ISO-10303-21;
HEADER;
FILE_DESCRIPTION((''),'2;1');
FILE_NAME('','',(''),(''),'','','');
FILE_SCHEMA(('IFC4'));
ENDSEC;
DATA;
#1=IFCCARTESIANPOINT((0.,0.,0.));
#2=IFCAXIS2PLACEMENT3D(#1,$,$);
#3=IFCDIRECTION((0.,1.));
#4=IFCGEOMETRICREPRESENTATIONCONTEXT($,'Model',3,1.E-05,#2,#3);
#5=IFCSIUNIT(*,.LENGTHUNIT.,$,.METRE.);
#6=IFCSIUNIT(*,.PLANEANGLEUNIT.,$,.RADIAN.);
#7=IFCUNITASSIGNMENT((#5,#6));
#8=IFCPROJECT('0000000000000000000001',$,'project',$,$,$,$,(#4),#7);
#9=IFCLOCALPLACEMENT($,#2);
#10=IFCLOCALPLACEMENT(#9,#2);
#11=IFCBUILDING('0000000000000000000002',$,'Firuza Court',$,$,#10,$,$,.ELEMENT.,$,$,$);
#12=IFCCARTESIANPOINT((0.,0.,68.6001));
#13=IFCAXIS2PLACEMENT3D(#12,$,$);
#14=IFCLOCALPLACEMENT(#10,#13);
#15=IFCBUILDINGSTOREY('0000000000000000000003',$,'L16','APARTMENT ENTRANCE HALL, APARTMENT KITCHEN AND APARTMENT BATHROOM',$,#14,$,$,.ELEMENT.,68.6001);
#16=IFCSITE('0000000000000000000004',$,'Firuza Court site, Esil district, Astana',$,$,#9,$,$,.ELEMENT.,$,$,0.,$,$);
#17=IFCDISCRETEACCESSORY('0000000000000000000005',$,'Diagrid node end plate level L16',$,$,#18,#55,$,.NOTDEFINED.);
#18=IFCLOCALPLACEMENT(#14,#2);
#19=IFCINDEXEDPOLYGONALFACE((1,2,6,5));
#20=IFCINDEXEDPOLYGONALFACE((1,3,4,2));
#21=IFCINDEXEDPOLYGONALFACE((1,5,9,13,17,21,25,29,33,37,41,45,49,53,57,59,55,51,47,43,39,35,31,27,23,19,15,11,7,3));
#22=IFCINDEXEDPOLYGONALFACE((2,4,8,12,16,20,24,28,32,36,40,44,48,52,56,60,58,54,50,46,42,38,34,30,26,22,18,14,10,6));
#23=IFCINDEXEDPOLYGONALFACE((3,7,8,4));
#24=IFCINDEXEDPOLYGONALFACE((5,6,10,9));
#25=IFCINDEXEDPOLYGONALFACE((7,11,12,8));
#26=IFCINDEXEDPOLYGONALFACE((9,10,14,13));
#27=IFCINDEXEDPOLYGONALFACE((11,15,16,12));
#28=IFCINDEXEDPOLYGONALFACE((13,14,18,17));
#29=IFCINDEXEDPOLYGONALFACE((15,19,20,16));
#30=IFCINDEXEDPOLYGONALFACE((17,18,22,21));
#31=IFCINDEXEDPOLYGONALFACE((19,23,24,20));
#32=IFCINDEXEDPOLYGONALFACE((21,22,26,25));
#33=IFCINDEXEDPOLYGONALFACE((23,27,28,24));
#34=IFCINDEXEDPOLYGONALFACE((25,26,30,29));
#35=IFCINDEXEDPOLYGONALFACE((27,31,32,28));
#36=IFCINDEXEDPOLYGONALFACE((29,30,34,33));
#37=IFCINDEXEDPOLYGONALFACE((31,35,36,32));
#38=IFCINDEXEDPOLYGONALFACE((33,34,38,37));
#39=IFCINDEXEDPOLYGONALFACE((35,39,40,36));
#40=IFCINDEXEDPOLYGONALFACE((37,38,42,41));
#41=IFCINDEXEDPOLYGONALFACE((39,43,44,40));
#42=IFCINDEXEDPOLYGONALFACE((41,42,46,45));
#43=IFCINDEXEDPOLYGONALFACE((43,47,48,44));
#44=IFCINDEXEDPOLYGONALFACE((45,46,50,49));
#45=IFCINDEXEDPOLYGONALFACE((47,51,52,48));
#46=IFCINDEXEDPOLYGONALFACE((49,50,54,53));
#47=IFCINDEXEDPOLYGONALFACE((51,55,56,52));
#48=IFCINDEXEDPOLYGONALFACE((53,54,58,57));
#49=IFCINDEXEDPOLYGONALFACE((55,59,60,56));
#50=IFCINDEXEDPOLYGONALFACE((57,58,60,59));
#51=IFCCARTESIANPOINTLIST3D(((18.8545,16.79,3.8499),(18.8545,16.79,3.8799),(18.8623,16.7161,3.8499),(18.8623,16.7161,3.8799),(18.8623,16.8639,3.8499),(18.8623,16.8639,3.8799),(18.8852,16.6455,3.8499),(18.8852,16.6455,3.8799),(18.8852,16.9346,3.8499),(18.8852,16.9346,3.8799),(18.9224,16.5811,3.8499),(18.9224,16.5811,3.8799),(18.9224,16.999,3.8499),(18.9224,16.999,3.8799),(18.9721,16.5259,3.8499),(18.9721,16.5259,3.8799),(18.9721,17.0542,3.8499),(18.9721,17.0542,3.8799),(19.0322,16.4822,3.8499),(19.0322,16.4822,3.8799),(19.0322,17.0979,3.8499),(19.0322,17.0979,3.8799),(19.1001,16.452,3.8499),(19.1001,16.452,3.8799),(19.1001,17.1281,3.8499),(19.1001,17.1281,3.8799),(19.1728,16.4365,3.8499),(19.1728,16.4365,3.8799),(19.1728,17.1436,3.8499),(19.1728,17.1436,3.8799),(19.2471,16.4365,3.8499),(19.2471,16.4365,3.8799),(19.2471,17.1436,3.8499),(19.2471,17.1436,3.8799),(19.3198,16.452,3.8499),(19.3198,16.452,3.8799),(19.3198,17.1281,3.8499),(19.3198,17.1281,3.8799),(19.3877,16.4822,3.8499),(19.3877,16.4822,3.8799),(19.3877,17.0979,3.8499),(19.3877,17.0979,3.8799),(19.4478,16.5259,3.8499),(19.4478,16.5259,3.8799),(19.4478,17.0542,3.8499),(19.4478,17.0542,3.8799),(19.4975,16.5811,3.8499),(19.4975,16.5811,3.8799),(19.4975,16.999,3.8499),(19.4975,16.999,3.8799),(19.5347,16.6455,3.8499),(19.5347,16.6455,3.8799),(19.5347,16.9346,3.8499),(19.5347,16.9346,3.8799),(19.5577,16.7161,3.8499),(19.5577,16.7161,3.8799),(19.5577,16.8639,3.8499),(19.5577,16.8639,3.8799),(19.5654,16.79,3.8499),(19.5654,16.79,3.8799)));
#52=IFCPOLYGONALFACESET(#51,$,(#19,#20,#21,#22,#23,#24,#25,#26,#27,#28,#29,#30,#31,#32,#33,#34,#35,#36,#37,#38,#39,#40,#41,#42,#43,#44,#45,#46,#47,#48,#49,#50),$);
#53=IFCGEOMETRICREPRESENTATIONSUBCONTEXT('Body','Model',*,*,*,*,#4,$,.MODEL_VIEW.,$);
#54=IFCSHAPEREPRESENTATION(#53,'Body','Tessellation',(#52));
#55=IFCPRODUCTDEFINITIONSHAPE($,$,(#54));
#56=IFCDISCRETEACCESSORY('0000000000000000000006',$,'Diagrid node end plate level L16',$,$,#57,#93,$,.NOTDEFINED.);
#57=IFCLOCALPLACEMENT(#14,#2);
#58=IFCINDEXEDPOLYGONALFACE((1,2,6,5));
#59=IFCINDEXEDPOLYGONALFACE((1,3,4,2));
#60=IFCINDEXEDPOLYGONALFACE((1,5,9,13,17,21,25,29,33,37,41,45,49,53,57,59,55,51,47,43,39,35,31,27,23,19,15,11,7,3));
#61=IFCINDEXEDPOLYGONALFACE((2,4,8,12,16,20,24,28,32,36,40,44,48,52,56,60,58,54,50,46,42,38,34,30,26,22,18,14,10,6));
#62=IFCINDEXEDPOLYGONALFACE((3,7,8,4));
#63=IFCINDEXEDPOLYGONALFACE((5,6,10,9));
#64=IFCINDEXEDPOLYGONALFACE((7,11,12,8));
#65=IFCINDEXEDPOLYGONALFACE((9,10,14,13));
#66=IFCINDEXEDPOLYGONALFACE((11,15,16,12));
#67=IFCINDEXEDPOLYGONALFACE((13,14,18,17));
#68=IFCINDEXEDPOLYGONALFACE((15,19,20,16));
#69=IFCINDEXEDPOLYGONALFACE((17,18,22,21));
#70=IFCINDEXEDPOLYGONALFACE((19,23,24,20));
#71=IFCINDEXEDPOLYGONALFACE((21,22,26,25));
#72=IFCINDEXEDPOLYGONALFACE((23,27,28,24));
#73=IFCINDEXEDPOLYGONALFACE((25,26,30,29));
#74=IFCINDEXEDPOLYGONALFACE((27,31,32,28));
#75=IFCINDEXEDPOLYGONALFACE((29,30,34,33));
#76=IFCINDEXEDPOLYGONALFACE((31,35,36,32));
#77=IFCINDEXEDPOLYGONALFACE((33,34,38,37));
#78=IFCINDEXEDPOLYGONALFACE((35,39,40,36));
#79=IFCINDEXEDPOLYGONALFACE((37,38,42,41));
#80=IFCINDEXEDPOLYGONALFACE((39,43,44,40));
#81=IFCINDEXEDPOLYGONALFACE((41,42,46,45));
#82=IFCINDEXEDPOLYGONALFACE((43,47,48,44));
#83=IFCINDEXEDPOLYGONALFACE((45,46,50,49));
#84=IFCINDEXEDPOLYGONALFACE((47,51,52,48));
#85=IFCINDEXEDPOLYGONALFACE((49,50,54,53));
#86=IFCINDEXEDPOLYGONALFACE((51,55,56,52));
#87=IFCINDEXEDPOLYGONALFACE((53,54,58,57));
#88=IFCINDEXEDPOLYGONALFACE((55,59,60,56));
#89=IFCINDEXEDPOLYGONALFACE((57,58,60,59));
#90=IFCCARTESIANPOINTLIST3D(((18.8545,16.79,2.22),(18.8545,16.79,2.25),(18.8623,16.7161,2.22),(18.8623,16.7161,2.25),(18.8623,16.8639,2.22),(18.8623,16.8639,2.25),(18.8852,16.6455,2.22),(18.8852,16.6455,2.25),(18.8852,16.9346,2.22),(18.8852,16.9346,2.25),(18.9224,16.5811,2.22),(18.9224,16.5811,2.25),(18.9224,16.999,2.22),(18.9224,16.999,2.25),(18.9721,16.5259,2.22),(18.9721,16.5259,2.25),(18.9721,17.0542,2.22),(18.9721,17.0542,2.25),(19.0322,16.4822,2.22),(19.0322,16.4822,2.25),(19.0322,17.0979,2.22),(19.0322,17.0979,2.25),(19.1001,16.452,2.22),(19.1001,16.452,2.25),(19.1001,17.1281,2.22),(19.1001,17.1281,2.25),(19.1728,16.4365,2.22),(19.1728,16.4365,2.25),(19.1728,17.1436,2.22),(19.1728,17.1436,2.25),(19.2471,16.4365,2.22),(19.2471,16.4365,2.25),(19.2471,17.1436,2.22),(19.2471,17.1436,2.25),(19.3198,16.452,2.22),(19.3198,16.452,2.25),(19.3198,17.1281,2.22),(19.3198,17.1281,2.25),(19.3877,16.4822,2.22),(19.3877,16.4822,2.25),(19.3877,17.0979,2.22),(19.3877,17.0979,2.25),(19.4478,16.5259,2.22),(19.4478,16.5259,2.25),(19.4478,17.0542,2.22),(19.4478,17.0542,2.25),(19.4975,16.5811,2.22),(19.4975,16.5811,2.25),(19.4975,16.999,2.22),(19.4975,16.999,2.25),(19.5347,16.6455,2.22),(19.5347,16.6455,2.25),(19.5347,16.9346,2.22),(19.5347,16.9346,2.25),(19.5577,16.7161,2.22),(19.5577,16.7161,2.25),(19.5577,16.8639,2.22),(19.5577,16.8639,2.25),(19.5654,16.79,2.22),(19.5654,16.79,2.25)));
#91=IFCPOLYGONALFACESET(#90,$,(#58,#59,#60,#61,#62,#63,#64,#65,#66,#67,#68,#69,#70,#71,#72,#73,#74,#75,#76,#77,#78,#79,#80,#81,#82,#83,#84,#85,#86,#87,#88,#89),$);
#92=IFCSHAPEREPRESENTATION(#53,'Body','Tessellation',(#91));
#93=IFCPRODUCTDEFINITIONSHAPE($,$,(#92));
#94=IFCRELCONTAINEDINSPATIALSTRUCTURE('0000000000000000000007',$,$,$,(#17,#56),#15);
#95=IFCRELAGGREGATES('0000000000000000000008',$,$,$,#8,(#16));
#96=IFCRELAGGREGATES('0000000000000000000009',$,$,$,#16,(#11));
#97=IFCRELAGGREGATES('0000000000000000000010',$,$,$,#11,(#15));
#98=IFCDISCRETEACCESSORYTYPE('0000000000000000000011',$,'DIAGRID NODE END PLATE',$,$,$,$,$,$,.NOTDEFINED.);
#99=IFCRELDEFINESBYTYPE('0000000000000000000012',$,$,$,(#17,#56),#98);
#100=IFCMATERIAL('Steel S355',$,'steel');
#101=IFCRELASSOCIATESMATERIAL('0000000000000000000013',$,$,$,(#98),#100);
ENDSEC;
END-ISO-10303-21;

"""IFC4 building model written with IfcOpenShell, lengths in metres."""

from ifc_helpers import new_model, si_unit, direction, frame, origin, origin_2d, place, context, subcontext, project, spatial, circle, extrude, material, material_profile, profile_set, type_object, element, save


model = new_model("IFC4")

# Units and contexts
model_context = context("Model", 3, precision=1e-05, world=origin(), true_north=direction((0.0, 1.0)))
body_context = subcontext(model_context, "Body", "Model", "MODEL_VIEW")
ifc_project = project(units=[si_unit("LENGTHUNIT", "METRE"), si_unit("PLANEANGLEUNIT", "RADIAN")], contexts=[model_context])

# Site, building, storey
site_placement = place(None, origin())
site = spatial("IfcSite", under=ifc_project, at=site_placement, Name="Firuza Court site, Esil district, Astana", CompositionType="ELEMENT", RefElevation=0.0)
building_placement = place(site_placement, origin())
building = spatial("IfcBuilding", under=site, at=building_placement, Name="Firuza Court", CompositionType="ELEMENT")
storey_placement = place(building_placement, frame((0.0, 0.0, 68.6001)))
storey = spatial("IfcBuildingStorey", under=building, at=storey_placement, Name="L16", Description="APARTMENT ENTRANCE HALL, APARTMENT KITCHEN AND APARTMENT BATHROOM", CompositionType="ELEMENT", Elevation=68.6001)

# Discrete accessories
ifc_material_1 = material(Name="Steel S355", Category="steel")
ifc_material_profile_1 = material_profile(ifc_material_1, circle(Radius=0.3555, at=origin_2d()), Name="PL D711")
ifc_profile_set_1 = profile_set([ifc_material_profile_1], Name="Steel S355")
discrete_accessory_type = type_object("IfcDiscreteAccessoryType", Name="DIAGRID NODE END PLATE", PredefinedType="NOTDEFINED", material=ifc_profile_set_1)
for number, where, z_axis, x_axis, name in (
    (1, (19.21, 16.79, 3.8499), (0.0, 0.0, 1.0), (1.0, 0.0, 0.0), "Diagrid node end plate level L16"),
    (2, (19.21, 16.79, 2.22), (0.0, 0.0, 1.0), (1.0, 0.0, 0.0), "Diagrid node end plate level L16"),
):
    element("IfcDiscreteAccessory", number, at=place(storey_placement, frame(where, z_axis=z_axis, x_axis=x_axis)), inside=storey, type_object=discrete_accessory_type, Name=name, PredefinedType="NOTDEFINED", context=body_context, shape_type="SweptSolid", body=[
        extrude(circle(Radius=0.3555, at=origin_2d()), origin(), (0.0, 0.0, 1.0), 0.03),
    ])

save(model, "model.ifc")
